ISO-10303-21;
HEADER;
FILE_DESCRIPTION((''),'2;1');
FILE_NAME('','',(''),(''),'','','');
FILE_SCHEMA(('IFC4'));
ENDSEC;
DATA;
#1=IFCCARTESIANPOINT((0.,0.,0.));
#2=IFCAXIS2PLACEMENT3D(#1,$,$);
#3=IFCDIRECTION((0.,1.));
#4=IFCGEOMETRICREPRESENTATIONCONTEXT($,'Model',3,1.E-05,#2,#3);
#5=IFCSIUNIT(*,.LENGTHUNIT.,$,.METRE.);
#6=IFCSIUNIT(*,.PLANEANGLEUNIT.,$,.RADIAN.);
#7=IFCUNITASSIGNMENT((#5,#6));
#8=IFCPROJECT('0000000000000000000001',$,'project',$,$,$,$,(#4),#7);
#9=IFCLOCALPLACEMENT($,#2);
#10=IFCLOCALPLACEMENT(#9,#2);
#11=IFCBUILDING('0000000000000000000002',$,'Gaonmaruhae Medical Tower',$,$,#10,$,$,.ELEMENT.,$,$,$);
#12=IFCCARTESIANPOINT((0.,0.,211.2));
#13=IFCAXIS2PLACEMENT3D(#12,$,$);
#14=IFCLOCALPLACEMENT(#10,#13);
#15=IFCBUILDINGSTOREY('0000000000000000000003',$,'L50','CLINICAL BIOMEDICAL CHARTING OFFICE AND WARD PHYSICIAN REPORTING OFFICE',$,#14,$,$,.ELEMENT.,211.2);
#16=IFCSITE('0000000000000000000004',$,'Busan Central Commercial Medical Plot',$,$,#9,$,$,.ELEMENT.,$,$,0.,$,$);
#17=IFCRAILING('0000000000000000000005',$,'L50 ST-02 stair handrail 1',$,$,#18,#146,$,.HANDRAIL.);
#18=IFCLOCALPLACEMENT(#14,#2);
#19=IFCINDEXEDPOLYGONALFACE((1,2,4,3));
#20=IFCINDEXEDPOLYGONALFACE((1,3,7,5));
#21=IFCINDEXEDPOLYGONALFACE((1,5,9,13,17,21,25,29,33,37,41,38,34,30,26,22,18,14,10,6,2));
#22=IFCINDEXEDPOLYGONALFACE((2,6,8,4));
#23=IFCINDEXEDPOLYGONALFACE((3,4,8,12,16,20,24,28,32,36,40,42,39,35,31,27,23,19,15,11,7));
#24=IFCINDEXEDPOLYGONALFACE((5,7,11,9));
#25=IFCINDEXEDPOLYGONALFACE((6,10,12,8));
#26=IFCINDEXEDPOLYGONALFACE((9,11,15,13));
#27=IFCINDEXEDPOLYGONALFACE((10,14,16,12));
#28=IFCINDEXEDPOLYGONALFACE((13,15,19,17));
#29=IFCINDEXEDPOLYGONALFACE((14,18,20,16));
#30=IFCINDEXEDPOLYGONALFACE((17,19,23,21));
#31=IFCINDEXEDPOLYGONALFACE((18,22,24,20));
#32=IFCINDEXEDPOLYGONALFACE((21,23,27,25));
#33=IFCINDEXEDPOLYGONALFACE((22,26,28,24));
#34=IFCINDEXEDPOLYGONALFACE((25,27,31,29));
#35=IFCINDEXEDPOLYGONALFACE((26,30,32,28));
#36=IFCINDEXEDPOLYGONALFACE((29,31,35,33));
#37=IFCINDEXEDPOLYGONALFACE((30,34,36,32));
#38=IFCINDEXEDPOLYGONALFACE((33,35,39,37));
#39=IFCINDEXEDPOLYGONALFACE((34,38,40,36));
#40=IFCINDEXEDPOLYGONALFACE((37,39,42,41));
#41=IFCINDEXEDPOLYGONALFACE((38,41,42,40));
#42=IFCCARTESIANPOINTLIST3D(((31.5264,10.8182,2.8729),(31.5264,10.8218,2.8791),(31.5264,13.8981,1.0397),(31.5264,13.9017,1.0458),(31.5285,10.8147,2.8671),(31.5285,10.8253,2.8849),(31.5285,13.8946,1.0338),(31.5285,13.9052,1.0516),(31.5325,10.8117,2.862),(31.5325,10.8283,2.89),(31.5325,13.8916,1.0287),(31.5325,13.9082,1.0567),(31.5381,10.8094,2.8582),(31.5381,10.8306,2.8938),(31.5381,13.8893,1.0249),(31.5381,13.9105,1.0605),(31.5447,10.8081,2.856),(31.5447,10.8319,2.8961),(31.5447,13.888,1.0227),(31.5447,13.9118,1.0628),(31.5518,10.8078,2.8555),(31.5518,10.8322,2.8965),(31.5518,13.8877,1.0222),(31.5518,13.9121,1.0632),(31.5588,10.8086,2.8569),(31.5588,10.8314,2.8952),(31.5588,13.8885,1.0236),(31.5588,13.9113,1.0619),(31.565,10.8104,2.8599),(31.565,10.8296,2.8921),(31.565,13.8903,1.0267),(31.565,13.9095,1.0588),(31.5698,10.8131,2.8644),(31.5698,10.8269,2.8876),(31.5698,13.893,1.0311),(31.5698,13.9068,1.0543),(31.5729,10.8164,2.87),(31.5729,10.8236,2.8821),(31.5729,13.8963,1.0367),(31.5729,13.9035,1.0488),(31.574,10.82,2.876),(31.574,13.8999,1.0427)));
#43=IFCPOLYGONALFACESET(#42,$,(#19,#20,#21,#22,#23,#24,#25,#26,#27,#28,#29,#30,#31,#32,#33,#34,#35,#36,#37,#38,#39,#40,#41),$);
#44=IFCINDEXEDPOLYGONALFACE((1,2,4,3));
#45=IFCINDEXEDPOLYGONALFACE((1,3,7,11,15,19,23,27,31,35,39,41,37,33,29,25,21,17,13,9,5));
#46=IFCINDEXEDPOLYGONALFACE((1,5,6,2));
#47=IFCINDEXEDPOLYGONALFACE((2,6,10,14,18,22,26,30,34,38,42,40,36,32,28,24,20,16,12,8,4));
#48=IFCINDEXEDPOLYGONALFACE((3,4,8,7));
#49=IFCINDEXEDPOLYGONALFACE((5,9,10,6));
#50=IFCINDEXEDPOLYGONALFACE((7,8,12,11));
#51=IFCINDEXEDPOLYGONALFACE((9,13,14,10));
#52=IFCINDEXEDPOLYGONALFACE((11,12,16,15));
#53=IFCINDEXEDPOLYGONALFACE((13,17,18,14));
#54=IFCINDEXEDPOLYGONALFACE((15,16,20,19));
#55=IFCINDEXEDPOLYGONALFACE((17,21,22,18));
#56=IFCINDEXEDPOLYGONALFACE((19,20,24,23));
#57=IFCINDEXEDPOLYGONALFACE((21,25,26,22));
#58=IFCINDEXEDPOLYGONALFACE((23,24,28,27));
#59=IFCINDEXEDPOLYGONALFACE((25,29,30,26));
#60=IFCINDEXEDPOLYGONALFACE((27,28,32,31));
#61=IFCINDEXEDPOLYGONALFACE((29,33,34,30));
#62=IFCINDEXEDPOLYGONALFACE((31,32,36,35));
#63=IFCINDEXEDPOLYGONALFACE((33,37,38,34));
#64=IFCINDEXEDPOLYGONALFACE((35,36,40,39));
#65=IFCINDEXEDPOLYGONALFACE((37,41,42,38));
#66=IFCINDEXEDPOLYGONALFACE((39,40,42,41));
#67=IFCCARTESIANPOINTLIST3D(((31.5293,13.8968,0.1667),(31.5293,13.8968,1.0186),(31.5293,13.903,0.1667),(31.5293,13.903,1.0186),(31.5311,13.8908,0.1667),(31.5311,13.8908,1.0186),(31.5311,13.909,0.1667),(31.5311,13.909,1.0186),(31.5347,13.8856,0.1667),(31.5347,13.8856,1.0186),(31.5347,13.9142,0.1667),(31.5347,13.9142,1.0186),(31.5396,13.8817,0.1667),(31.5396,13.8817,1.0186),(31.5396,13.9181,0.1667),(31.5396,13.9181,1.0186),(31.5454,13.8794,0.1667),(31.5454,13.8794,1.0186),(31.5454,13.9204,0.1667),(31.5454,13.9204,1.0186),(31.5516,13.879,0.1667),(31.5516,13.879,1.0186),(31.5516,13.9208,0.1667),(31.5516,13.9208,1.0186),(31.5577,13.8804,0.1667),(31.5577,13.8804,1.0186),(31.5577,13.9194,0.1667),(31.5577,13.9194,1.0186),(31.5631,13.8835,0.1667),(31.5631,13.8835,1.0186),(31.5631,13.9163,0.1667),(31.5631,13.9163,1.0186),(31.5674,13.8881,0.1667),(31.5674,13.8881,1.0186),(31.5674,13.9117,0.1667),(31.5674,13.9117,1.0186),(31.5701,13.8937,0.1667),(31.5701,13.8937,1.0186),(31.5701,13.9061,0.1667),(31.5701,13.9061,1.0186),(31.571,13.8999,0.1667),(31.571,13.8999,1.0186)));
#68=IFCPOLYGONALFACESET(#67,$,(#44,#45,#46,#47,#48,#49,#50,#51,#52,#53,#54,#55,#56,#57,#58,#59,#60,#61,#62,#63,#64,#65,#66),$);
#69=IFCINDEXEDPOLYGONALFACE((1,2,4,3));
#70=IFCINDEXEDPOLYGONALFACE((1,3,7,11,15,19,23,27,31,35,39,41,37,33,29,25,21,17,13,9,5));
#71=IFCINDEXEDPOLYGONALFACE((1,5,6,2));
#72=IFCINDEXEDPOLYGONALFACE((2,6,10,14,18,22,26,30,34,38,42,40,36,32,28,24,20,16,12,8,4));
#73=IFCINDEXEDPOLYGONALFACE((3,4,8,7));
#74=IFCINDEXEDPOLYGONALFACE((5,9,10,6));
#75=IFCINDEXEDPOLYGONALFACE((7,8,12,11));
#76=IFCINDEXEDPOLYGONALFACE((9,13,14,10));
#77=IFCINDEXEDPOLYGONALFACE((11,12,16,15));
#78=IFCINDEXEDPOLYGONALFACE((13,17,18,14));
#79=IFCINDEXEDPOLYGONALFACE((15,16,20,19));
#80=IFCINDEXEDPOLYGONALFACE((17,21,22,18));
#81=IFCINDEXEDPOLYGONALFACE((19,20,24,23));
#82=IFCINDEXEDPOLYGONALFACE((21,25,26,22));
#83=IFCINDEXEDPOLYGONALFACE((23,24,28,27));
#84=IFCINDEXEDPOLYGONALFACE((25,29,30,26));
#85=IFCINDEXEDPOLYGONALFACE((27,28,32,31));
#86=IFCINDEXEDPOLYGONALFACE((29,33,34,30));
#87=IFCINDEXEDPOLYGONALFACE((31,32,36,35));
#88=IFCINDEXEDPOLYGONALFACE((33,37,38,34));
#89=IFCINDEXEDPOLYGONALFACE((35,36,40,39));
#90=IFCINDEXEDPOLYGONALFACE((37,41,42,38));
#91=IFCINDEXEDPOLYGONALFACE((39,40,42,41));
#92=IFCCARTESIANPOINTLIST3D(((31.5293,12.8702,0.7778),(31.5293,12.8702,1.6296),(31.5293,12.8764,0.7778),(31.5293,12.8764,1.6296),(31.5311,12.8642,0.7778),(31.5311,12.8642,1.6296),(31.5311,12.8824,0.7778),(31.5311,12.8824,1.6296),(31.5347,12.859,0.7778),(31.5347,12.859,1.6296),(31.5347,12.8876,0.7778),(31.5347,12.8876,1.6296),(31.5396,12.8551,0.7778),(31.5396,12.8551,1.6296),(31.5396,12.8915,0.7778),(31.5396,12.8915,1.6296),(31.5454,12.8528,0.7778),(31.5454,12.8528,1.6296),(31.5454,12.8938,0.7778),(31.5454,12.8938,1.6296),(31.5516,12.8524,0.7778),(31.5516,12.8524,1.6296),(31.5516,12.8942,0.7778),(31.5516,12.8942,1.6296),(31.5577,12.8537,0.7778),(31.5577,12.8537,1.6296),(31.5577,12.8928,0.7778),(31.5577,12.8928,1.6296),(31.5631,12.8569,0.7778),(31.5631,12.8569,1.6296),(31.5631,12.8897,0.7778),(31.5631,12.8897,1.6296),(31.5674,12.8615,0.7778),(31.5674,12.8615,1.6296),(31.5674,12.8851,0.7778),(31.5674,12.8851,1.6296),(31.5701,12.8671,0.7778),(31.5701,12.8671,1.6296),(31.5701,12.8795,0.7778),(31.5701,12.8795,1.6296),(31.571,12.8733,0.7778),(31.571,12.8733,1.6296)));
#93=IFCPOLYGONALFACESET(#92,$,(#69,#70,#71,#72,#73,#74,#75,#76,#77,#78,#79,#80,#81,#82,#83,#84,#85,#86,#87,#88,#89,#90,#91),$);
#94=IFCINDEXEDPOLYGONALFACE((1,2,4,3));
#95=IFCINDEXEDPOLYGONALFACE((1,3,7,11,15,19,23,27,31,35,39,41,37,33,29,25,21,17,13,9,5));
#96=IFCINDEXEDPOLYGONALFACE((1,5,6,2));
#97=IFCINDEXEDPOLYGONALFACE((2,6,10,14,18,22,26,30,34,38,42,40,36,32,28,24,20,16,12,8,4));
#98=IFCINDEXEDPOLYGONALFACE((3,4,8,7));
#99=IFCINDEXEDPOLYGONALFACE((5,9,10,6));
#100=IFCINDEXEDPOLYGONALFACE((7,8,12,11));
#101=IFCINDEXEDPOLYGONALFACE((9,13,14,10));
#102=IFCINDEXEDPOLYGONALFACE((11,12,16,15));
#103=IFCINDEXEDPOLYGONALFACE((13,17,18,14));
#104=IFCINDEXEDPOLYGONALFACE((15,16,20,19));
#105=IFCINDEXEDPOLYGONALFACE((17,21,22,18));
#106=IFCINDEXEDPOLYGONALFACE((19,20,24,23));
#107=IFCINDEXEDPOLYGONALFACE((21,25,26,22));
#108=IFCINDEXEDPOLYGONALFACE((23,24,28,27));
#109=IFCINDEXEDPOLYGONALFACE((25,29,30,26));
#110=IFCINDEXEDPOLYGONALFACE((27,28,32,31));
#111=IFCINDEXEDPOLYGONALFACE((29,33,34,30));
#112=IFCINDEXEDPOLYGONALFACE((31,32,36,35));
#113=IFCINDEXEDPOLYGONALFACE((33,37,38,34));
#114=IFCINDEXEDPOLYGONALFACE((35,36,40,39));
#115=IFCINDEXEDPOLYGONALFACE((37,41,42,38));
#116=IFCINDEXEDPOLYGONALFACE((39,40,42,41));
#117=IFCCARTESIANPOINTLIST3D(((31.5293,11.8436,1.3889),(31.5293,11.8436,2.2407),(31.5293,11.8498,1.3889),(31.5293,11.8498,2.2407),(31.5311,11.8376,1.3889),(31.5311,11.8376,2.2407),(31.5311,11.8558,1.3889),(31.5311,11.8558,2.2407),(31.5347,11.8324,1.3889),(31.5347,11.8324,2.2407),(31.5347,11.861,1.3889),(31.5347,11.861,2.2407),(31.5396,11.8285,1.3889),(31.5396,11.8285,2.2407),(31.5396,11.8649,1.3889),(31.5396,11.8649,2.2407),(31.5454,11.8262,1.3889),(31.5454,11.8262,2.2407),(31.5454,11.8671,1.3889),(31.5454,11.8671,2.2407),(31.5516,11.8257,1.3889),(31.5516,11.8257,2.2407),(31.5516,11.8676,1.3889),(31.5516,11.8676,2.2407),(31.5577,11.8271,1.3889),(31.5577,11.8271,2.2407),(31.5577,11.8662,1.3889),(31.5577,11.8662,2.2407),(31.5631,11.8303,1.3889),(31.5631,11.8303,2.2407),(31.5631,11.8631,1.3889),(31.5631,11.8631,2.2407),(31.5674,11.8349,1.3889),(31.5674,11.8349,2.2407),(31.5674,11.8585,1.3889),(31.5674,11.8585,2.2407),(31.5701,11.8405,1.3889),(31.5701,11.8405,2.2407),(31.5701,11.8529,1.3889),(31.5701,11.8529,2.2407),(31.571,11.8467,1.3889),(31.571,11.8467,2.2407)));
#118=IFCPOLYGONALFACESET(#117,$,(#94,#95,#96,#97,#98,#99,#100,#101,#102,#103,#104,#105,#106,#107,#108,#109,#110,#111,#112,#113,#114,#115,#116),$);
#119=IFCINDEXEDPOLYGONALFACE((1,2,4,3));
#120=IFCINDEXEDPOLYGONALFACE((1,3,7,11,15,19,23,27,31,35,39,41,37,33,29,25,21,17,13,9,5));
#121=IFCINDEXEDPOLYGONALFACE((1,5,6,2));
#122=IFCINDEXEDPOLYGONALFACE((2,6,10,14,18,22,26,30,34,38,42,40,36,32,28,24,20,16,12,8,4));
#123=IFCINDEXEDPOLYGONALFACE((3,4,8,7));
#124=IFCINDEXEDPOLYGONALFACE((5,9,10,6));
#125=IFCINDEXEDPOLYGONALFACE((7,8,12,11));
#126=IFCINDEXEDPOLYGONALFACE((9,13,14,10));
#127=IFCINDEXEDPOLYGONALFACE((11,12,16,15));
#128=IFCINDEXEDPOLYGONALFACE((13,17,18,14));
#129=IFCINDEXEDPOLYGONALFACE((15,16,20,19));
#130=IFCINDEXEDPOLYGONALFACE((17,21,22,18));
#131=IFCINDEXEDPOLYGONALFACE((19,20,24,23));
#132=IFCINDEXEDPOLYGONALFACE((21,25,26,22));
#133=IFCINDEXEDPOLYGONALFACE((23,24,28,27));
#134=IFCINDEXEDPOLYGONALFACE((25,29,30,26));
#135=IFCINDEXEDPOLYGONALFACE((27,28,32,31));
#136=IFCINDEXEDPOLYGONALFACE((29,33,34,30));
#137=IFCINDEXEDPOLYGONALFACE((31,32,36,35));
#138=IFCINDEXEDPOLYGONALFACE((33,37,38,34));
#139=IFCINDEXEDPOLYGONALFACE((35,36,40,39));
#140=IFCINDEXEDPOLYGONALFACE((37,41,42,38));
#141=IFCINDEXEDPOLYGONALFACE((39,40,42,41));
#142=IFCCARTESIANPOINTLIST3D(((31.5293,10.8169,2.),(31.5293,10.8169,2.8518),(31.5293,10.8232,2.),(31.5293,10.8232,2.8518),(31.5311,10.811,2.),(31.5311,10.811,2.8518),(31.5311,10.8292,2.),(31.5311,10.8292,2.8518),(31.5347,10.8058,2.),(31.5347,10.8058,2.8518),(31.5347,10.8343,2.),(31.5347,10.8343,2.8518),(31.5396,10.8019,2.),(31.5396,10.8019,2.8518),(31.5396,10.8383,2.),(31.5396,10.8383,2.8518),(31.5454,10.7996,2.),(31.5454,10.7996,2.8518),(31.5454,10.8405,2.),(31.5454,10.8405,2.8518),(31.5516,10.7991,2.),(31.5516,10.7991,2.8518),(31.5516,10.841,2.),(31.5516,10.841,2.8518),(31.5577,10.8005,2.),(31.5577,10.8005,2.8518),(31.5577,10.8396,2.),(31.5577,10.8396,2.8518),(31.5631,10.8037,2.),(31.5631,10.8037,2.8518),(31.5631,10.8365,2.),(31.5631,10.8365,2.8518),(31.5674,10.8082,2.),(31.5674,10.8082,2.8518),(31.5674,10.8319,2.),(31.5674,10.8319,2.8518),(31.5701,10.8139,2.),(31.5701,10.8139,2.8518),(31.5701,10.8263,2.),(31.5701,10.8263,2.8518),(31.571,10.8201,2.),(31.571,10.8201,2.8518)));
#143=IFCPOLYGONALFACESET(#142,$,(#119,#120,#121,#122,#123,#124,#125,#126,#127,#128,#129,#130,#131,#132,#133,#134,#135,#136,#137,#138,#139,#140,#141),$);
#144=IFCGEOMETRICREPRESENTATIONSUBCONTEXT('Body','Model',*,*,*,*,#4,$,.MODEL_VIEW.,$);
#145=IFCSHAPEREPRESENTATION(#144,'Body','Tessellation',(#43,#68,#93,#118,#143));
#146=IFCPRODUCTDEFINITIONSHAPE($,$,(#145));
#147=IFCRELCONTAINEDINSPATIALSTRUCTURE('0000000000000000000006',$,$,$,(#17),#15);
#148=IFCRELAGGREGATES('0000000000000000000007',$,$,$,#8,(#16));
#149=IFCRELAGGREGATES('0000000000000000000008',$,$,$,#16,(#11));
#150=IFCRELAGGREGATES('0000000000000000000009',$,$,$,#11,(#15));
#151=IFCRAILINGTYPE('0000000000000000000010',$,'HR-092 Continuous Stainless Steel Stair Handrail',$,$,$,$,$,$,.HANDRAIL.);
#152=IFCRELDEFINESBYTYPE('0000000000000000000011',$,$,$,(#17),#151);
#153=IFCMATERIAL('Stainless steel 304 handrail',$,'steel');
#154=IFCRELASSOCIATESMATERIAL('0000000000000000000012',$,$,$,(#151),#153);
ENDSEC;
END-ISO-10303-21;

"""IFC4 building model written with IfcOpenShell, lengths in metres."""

from ifc_helpers import new_model, si_unit, direction, frame, origin, origin_2d, place, context, subcontext, project, spatial, circle, extrude, material, type_object, element, save


model = new_model("IFC4")

# Units and contexts
model_context = context("Model", 3, precision=1e-05, world=origin(), true_north=direction((0.0, 1.0)))
body_context = subcontext(model_context, "Body", "Model", "MODEL_VIEW")
ifc_project = project(units=[si_unit("LENGTHUNIT", "METRE"), si_unit("PLANEANGLEUNIT", "RADIAN")], contexts=[model_context])

# Site, building, storey
site_placement = place(None, origin())
site = spatial("IfcSite", under=ifc_project, at=site_placement, Name="Busan Central Commercial Medical Plot", CompositionType="ELEMENT", RefElevation=0.0)
building_placement = place(site_placement, origin())
building = spatial("IfcBuilding", under=site, at=building_placement, Name="Gaonmaruhae Medical Tower", CompositionType="ELEMENT")
storey_placement = place(building_placement, frame((0.0, 0.0, 211.2)))
storey = spatial("IfcBuildingStorey", under=building, at=storey_placement, Name="L50", Description="CLINICAL BIOMEDICAL CHARTING OFFICE AND WARD PHYSICIAN REPORTING OFFICE", CompositionType="ELEMENT", Elevation=211.2)

# Railing
ifc_material_1 = material(Name="Stainless steel 304 handrail", Category="steel")
railing_type_1 = type_object("IfcRailingType", Name="HR-092 Continuous Stainless Steel Stair Handrail", PredefinedType="HANDRAIL", material=ifc_material_1)
railing_1_placement = place(storey_placement, frame((31.55, 13.8999, 0.1667)))
element("IfcRailing", 1, at=railing_1_placement, inside=storey, type_object=railing_type_1, Name="L50 ST-02 stair handrail 1", PredefinedType="HANDRAIL", context=body_context, shape_type="SweptSolid", body=[
    extrude(circle(Radius=0.0239, at=origin_2d()), frame((0.0, 0.0, 0.876), z_axis=(0.0, -0.859291, 0.511487), x_axis=(1.0, 0.0, 0.0)), (0.0, 0.0, 1.0), 3.5842),
    extrude(circle(Radius=0.021, at=origin_2d()), origin(), (0.0, 0.0, 1.0), 0.8518),
    extrude(circle(Radius=0.021, at=origin_2d()), frame((0.0, -1.0266, 0.6111)), (0.0, 0.0, 1.0), 0.8518),
    extrude(circle(Radius=0.021, at=origin_2d()), frame((0.0, -2.0532, 1.2222)), (0.0, 0.0, 1.0), 0.8518),
    extrude(circle(Radius=0.021, at=origin_2d()), frame((0.0, -3.0798, 1.8333)), (0.0, 0.0, 1.0), 0.8518),
])

save(model, "model.ifc")
